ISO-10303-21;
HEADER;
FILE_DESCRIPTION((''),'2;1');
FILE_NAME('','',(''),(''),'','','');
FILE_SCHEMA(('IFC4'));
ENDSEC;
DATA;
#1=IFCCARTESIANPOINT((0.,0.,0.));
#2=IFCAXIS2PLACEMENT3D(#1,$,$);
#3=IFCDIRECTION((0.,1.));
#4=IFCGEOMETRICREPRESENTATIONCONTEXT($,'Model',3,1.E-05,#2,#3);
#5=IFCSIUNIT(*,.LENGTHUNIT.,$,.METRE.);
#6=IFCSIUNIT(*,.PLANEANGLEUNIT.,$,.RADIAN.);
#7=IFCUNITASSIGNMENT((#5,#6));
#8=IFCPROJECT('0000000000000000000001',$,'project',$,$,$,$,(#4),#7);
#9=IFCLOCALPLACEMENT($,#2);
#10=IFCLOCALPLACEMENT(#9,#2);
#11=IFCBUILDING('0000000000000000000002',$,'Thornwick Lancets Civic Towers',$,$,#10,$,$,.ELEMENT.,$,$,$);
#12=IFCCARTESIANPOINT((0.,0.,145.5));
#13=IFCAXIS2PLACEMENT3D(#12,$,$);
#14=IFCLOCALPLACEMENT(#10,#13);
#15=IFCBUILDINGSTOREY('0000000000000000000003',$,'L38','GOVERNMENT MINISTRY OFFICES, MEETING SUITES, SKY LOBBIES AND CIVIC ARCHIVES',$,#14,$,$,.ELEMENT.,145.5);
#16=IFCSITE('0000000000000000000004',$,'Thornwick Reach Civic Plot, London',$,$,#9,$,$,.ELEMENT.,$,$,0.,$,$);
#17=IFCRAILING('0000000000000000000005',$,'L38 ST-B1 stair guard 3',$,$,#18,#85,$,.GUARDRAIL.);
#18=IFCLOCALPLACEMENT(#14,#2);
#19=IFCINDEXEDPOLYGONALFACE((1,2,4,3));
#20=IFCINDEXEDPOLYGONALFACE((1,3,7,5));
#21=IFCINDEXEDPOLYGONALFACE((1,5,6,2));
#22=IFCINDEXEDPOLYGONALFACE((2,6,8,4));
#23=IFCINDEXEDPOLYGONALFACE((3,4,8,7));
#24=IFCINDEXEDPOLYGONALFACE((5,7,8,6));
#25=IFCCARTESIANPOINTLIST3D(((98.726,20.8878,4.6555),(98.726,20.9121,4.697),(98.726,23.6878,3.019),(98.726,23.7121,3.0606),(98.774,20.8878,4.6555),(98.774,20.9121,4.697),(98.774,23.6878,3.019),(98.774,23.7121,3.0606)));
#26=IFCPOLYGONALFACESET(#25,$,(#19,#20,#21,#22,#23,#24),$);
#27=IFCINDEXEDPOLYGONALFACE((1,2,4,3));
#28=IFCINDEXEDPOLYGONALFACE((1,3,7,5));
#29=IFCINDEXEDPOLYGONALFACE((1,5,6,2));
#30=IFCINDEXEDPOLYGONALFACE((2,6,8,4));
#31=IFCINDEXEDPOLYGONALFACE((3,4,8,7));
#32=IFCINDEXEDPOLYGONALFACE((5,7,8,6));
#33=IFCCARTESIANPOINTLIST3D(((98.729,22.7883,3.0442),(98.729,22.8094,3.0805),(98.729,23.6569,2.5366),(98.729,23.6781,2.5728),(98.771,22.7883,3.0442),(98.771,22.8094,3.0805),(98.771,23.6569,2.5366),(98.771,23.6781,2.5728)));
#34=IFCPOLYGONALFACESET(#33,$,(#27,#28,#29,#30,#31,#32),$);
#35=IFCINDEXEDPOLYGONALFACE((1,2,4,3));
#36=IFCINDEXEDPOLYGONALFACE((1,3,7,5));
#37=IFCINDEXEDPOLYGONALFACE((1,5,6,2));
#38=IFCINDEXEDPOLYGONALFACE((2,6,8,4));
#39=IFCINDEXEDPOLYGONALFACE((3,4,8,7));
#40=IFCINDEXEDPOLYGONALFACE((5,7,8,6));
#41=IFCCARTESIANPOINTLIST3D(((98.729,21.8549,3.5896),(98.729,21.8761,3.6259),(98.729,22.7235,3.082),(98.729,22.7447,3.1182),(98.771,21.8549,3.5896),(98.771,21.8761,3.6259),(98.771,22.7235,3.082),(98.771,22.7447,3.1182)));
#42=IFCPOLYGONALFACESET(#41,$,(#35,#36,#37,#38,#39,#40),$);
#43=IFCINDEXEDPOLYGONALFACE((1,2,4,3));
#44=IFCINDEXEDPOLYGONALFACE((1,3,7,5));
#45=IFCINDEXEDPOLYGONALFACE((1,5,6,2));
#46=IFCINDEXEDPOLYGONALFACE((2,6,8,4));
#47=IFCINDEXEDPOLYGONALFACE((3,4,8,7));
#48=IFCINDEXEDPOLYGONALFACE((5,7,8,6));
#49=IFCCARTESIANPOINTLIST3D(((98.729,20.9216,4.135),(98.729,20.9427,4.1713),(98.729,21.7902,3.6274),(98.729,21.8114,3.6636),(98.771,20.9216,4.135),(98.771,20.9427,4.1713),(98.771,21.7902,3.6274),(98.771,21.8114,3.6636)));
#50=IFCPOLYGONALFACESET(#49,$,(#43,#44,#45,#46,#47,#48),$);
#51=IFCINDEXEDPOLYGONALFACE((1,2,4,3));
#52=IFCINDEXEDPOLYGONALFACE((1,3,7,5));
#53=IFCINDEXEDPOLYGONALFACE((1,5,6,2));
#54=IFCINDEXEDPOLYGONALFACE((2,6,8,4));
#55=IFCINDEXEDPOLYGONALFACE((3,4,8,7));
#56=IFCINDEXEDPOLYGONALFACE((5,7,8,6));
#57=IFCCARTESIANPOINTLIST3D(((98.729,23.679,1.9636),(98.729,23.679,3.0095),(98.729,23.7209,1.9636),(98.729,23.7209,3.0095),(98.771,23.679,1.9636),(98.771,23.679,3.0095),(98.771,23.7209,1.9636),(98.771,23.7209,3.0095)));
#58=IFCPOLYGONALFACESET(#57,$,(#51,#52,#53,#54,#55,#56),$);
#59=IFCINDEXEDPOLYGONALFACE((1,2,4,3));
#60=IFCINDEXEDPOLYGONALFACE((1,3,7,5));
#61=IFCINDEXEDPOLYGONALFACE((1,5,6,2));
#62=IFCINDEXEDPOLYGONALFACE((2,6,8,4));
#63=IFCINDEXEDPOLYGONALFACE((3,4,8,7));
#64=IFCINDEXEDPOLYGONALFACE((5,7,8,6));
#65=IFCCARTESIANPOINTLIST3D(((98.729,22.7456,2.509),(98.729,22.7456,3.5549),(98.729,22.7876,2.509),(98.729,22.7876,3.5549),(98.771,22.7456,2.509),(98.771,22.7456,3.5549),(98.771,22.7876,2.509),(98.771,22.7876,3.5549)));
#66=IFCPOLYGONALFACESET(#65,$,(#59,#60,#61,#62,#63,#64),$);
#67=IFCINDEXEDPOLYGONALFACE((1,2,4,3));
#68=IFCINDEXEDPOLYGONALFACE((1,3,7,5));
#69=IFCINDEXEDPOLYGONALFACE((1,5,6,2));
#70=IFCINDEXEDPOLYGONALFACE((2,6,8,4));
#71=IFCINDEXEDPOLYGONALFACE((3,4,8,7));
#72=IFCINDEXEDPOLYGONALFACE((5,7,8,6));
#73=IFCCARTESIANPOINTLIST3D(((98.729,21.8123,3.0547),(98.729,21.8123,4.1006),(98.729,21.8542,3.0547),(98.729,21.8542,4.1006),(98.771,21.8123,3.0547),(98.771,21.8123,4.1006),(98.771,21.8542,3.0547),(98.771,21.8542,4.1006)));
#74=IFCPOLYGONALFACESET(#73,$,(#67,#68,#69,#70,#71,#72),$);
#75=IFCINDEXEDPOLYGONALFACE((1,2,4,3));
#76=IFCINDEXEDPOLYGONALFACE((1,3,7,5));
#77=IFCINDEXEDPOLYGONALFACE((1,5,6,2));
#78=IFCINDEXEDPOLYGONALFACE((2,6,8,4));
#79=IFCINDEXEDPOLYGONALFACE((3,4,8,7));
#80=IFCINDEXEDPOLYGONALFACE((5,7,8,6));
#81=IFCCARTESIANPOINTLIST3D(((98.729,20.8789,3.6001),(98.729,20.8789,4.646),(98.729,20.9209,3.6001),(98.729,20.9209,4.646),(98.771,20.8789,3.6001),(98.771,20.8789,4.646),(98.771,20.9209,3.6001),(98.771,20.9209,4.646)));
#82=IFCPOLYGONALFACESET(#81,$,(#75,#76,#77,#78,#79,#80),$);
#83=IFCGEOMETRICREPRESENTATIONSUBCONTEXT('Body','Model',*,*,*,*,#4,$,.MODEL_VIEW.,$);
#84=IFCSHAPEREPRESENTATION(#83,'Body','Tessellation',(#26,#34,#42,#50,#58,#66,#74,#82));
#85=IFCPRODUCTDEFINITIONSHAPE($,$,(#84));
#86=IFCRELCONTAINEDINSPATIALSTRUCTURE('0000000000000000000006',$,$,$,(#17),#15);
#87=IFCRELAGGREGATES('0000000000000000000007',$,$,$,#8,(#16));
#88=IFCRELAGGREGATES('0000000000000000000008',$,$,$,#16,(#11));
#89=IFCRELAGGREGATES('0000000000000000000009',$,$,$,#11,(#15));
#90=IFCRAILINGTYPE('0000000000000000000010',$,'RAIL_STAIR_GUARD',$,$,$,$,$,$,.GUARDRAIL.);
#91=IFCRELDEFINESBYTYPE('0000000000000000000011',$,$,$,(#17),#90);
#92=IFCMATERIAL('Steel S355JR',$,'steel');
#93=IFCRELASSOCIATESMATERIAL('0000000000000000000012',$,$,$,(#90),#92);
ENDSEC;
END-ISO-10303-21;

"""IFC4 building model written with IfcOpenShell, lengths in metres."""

from ifc_helpers import new_model, si_unit, direction, frame, origin, origin_2d, place, context, subcontext, project, spatial, rectangle, extrude, material, type_object, element, save


model = new_model("IFC4")

# Units and contexts
model_context = context("Model", 3, precision=1e-05, world=origin(), true_north=direction((0.0, 1.0)))
body_context = subcontext(model_context, "Body", "Model", "MODEL_VIEW")
ifc_project = project(units=[si_unit("LENGTHUNIT", "METRE"), si_unit("PLANEANGLEUNIT", "RADIAN")], contexts=[model_context])

# Site, building, storey
site_placement = place(None, origin())
site = spatial("IfcSite", under=ifc_project, at=site_placement, Name="Thornwick Reach Civic Plot, London", CompositionType="ELEMENT", RefElevation=0.0)
building_placement = place(site_placement, origin())
building = spatial("IfcBuilding", under=site, at=building_placement, Name="Thornwick Lancets Civic Towers", CompositionType="ELEMENT")
storey_placement = place(building_placement, frame((0.0, 0.0, 145.5)))
storey = spatial("IfcBuildingStorey", under=building, at=storey_placement, Name="L38", Description="GOVERNMENT MINISTRY OFFICES, MEETING SUITES, SKY LOBBIES AND CIVIC ARCHIVES", CompositionType="ELEMENT", Elevation=145.5)

# Railing
ifc_material_1 = material(Name="Steel S355JR", Category="steel")
railing_type_1 = type_object("IfcRailingType", Name="RAIL_STAIR_GUARD", PredefinedType="GUARDRAIL", material=ifc_material_1)
railing_1_placement = place(storey_placement, frame((98.75, 23.7, 1.9636)))
element("IfcRailing", 1, at=railing_1_placement, inside=storey, type_object=railing_type_1, Name="L38 ST-B1 stair guard 3", PredefinedType="GUARDRAIL", context=body_context, shape_type="SweptSolid", body=[
    extrude(rectangle(XDim=0.0481, YDim=0.0481, at=origin_2d()), frame((0.0, 0.0, 1.0762), z_axis=(0.0, -0.863361, 0.504587), x_axis=(1.0, 0.0, 0.0)), (0.0, 0.0, 1.0), 3.2432),
    extrude(rectangle(XDim=0.042, YDim=0.042, at=origin_2d()), frame((0.0, -0.0325, 0.5911), z_axis=(0.0, -0.863361, 0.504587), x_axis=(1.0, 0.0, 0.0)), (0.0, 0.0, 1.0), 1.0061),
    extrude(rectangle(XDim=0.042, YDim=0.042, at=origin_2d()), frame((0.0, -0.9658, 1.1365), z_axis=(0.0, -0.863361, 0.504587), x_axis=(1.0, 0.0, 0.0)), (0.0, 0.0, 1.0), 1.0061),
    extrude(rectangle(XDim=0.042, YDim=0.042, at=origin_2d()), frame((0.0, -1.8992, 1.6819), z_axis=(0.0, -0.863361, 0.504587), x_axis=(1.0, 0.0, 0.0)), (0.0, 0.0, 1.0), 1.0061),
    extrude(rectangle(XDim=0.042, YDim=0.042, at=origin_2d()), origin(), (0.0, 0.0, 1.0), 1.0459),
    extrude(rectangle(XDim=0.042, YDim=0.042, at=origin_2d()), frame((0.0, -0.9333, 0.5454)), (0.0, 0.0, 1.0), 1.0459),
    extrude(rectangle(XDim=0.042, YDim=0.042, at=origin_2d()), frame((0.0, -1.8667, 1.0911)), (0.0, 0.0, 1.0), 1.0459),
    extrude(rectangle(XDim=0.042, YDim=0.042, at=origin_2d()), frame((0.0, -2.8, 1.6365)), (0.0, 0.0, 1.0), 1.0459),
])

save(model, "model.ifc")
